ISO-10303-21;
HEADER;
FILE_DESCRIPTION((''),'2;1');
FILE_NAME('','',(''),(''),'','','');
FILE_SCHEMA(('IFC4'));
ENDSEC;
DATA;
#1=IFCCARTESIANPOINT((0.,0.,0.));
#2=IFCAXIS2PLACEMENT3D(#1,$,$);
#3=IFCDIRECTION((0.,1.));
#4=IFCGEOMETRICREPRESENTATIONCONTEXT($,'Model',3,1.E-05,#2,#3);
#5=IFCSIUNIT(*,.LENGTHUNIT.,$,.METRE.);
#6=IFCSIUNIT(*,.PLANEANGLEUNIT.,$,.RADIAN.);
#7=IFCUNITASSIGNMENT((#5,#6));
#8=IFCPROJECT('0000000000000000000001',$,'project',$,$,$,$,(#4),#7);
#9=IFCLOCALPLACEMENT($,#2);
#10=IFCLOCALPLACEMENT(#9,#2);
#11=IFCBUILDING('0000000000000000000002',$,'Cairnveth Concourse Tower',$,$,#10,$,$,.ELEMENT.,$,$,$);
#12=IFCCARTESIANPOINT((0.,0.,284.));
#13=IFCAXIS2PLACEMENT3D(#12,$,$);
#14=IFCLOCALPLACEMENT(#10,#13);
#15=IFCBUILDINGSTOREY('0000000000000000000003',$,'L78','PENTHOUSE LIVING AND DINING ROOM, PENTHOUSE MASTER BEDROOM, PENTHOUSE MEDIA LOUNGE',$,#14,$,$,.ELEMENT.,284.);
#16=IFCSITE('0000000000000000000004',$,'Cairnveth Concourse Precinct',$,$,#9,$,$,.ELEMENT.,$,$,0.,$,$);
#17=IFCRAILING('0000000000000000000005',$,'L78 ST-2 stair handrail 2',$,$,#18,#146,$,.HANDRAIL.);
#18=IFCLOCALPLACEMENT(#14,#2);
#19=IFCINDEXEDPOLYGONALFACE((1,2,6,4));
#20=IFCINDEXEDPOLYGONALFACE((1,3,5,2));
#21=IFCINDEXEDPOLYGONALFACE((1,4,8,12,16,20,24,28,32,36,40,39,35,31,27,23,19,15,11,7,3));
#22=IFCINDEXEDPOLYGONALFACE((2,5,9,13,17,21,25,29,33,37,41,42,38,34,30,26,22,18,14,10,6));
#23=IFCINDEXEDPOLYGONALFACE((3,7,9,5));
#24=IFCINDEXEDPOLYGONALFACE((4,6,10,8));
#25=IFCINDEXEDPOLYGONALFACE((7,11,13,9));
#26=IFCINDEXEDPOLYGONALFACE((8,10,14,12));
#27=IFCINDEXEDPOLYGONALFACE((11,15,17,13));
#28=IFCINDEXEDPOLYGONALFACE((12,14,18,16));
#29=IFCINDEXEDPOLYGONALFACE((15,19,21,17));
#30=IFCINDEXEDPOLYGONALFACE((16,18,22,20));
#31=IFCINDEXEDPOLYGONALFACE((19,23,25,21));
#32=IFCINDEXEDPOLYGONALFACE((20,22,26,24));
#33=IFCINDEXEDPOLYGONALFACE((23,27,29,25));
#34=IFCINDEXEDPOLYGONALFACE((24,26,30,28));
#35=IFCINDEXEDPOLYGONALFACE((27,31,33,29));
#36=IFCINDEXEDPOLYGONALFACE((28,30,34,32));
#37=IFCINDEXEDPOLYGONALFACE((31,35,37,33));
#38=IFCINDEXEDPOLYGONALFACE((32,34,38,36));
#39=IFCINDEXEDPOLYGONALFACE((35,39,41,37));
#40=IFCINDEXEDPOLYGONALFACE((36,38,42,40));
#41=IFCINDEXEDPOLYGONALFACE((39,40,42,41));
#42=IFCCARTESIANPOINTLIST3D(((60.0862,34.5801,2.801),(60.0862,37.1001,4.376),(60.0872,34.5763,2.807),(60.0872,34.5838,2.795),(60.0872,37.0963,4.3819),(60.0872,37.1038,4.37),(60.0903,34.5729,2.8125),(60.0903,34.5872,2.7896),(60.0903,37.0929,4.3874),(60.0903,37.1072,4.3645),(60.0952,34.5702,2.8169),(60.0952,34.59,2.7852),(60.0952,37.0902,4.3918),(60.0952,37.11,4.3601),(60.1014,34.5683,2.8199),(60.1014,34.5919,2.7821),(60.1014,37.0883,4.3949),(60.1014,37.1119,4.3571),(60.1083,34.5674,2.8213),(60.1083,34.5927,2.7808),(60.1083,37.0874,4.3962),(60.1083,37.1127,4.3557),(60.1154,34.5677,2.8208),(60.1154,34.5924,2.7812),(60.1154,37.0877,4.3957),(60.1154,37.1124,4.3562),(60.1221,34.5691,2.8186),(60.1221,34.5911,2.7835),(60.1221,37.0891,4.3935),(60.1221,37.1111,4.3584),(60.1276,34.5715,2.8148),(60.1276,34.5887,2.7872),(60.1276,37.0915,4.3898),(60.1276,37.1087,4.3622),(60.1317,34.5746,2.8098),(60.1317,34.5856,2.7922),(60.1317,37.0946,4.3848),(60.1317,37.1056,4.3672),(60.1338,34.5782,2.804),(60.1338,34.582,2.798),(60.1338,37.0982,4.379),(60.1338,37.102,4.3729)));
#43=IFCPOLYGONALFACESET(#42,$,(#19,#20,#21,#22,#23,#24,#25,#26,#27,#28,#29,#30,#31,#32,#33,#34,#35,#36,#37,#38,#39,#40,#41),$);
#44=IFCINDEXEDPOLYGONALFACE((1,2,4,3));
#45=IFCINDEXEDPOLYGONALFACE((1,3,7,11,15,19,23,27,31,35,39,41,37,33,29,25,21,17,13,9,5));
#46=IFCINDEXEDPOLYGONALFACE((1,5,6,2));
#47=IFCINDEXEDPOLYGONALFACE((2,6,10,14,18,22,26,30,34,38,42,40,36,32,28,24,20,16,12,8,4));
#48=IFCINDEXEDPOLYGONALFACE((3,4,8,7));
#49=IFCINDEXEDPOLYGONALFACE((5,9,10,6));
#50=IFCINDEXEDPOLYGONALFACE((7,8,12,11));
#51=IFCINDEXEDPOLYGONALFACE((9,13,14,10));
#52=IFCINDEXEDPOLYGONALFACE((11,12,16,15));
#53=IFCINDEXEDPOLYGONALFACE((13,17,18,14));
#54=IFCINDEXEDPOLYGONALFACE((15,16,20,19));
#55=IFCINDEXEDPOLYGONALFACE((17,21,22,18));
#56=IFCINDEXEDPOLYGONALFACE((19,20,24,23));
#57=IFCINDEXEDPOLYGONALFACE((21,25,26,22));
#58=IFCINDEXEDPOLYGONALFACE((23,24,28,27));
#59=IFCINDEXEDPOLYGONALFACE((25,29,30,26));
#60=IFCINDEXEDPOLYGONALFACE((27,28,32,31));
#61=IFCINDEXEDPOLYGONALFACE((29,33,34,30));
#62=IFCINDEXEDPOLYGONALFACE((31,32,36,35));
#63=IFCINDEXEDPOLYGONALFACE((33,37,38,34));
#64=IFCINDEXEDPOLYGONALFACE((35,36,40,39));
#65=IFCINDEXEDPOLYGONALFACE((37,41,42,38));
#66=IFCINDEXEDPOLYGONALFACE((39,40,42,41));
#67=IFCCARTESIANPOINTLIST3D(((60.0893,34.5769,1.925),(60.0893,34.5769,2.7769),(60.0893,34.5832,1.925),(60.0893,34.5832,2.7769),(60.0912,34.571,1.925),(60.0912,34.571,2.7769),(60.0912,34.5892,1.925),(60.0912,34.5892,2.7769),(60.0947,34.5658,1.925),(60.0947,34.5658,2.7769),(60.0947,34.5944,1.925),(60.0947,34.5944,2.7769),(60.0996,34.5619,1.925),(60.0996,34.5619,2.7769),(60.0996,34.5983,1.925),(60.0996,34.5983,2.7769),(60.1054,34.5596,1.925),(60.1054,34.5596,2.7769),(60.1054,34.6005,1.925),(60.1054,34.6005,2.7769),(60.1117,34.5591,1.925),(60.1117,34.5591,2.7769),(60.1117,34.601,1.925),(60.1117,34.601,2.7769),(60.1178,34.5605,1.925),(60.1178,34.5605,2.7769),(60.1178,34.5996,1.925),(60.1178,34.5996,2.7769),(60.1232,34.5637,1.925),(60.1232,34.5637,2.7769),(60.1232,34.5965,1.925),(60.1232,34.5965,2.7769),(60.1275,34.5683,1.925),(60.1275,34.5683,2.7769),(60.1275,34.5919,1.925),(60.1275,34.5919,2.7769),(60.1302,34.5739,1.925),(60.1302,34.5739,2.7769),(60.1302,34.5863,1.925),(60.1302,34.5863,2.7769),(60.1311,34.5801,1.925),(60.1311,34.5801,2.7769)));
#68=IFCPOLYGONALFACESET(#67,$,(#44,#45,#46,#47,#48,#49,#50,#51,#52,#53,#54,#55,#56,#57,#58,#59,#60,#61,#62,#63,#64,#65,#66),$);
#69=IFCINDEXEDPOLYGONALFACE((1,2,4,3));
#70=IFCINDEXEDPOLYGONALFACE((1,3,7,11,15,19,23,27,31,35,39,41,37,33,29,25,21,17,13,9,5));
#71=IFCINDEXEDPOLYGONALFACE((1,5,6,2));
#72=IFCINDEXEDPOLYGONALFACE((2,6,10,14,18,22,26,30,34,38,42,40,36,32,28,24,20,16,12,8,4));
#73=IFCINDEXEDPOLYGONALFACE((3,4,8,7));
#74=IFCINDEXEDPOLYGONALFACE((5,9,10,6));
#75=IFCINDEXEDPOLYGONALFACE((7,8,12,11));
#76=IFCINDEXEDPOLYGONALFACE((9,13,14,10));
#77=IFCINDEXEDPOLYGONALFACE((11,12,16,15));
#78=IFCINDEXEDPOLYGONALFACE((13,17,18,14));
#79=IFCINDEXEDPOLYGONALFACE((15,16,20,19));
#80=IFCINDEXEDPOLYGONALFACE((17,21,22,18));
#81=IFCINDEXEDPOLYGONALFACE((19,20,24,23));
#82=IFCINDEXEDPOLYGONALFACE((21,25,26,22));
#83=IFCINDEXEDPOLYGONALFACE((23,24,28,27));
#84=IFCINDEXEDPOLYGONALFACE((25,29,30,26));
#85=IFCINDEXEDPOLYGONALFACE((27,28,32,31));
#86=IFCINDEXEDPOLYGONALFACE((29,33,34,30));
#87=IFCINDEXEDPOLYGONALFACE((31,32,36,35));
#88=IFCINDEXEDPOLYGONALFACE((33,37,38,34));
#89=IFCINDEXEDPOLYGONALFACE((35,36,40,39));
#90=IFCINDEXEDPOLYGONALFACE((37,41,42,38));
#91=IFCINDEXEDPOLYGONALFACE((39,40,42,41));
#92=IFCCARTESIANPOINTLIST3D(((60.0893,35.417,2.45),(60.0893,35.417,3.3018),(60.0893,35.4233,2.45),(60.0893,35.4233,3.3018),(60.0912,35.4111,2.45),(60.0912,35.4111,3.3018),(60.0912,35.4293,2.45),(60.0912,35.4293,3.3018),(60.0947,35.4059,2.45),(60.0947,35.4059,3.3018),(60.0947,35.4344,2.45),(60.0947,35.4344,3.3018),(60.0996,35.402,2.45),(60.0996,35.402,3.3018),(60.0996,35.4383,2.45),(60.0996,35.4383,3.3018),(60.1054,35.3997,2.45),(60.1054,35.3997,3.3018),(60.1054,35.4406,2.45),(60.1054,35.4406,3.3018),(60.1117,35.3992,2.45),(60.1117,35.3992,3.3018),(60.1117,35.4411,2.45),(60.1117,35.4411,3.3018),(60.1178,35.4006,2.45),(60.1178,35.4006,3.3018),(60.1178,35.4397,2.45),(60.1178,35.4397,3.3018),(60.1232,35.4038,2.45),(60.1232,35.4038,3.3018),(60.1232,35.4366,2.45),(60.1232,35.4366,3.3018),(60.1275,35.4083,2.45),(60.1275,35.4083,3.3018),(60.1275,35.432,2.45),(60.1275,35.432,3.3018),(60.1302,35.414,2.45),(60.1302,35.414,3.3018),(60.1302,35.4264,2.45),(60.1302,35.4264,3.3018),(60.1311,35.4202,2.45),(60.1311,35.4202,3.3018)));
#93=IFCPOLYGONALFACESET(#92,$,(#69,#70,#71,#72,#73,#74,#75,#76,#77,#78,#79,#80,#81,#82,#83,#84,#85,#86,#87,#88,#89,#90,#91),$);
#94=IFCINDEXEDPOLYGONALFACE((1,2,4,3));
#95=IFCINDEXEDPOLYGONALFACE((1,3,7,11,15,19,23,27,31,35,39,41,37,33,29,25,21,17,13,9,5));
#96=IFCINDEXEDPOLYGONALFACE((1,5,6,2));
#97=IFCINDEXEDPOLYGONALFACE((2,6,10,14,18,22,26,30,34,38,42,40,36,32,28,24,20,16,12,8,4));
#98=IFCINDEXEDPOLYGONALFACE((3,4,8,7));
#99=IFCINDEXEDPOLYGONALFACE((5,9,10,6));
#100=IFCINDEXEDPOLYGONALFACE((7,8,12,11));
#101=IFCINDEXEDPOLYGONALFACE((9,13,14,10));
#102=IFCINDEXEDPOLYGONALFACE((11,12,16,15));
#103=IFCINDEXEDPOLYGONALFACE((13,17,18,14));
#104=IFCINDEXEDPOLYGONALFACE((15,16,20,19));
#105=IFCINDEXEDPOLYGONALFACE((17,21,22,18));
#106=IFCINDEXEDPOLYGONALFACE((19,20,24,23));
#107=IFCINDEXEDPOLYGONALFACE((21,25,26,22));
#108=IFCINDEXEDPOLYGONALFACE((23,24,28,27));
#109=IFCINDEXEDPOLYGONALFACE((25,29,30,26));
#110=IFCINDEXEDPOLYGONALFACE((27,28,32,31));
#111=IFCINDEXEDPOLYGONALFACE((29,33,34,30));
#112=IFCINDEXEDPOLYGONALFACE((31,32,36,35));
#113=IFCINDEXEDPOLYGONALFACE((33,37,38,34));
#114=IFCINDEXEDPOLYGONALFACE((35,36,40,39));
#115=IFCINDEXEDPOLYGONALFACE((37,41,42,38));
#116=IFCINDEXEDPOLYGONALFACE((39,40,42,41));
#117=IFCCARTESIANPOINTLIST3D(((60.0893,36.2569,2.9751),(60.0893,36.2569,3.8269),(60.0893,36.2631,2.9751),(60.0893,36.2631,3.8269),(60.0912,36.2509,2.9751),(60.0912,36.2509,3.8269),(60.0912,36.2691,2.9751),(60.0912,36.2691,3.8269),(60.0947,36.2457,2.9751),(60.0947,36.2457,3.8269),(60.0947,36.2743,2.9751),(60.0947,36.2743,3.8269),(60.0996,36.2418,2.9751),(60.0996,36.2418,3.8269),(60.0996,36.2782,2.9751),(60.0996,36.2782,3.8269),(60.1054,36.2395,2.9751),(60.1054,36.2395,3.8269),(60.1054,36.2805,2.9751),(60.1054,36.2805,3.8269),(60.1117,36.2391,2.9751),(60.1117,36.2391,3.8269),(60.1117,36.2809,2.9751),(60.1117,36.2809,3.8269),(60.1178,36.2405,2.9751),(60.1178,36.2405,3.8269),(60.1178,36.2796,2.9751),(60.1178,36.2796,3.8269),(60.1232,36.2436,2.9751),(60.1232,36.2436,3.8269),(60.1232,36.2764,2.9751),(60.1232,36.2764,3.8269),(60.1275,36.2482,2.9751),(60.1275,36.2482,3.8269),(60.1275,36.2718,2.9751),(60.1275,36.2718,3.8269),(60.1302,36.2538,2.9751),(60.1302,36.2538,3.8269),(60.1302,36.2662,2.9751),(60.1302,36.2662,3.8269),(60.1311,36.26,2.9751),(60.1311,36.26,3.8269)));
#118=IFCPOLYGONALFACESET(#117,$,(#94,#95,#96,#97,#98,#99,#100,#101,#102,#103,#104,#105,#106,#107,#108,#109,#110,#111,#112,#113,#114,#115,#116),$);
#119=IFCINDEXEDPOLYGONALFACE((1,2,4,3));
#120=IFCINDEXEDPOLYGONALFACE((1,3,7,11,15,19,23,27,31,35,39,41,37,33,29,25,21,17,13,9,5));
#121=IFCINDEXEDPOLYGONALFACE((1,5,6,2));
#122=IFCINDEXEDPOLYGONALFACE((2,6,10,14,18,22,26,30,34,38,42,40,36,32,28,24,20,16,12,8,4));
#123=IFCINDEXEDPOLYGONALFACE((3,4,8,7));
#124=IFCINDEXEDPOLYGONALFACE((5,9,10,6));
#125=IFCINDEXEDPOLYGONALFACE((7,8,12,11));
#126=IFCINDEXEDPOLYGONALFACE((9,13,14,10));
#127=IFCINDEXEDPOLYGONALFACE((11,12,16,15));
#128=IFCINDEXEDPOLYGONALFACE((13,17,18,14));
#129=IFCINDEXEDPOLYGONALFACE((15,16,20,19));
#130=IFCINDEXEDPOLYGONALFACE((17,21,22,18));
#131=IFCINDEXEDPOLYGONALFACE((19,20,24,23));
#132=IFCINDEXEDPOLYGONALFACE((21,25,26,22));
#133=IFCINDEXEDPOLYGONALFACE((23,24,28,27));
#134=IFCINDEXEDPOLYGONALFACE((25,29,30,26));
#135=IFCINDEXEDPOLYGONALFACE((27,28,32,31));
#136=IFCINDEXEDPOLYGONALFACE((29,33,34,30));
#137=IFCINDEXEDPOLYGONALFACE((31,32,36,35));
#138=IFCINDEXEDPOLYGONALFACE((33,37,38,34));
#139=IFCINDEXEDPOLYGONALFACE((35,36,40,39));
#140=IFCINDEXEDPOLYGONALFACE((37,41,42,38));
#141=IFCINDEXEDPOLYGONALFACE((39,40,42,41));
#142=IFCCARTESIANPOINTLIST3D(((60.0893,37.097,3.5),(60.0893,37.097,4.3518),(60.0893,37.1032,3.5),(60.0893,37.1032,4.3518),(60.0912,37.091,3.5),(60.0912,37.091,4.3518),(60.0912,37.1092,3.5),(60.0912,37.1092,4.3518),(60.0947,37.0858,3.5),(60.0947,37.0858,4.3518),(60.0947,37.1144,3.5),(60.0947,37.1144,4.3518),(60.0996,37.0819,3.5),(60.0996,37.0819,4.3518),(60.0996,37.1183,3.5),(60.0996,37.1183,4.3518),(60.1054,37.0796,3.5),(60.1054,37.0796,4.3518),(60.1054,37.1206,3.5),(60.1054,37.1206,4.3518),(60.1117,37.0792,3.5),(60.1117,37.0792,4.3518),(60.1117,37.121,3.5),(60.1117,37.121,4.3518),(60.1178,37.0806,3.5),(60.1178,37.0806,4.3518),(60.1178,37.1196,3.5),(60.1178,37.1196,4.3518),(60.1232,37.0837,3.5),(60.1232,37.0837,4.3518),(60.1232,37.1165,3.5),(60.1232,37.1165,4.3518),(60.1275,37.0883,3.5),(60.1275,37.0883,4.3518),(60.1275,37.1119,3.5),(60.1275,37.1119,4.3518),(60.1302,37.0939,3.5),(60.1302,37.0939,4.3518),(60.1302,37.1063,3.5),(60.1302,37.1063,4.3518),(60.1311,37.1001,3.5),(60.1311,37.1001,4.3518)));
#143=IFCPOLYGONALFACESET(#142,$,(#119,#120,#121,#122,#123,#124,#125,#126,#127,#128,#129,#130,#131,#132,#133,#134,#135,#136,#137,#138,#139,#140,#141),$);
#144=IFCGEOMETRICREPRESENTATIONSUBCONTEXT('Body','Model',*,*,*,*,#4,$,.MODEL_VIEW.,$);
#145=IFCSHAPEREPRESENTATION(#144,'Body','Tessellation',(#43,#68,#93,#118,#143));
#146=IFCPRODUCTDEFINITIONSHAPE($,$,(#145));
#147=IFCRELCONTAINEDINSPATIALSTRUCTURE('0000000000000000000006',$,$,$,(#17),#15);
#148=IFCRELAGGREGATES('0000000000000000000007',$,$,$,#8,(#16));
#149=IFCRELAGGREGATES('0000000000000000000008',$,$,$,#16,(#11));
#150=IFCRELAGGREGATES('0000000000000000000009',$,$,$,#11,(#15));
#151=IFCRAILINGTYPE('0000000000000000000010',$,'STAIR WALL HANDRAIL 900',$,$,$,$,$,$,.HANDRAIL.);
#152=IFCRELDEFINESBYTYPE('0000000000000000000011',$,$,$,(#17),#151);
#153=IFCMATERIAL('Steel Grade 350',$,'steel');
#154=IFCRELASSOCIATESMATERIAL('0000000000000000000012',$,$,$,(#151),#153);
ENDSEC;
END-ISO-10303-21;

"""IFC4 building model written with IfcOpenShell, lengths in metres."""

from ifc_helpers import new_model, si_unit, direction, frame, origin, origin_2d, place, context, subcontext, project, spatial, circle, extrude, material, type_object, element, save


model = new_model("IFC4")

# Units and contexts
model_context = context("Model", 3, precision=1e-05, world=origin(), true_north=direction((0.0, 1.0)))
body_context = subcontext(model_context, "Body", "Model", "MODEL_VIEW")
ifc_project = project(units=[si_unit("LENGTHUNIT", "METRE"), si_unit("PLANEANGLEUNIT", "RADIAN")], contexts=[model_context])

# Site, building, storey
site_placement = place(None, origin())
site = spatial("IfcSite", under=ifc_project, at=site_placement, Name="Cairnveth Concourse Precinct", CompositionType="ELEMENT", RefElevation=0.0)
building_placement = place(site_placement, origin())
building = spatial("IfcBuilding", under=site, at=building_placement, Name="Cairnveth Concourse Tower", CompositionType="ELEMENT")
storey_placement = place(building_placement, frame((0.0, 0.0, 284.0)))
storey = spatial("IfcBuildingStorey", under=building, at=storey_placement, Name="L78", Description="PENTHOUSE LIVING AND DINING ROOM, PENTHOUSE MASTER BEDROOM, PENTHOUSE MEDIA LOUNGE", CompositionType="ELEMENT", Elevation=284.0)

# Shared definitions
ifc_material_1 = material(Name="Steel Grade 350", Category="steel")

# Railing
railing_type_1 = type_object("IfcRailingType", Name="STAIR WALL HANDRAIL 900", PredefinedType="HANDRAIL", material=ifc_material_1)
railing_1_placement = place(storey_placement, frame((60.1101, 34.5801, 1.925)))
element("IfcRailing", 1, at=railing_1_placement, inside=storey, type_object=railing_type_1, Name="L78 ST-2 stair handrail 2", PredefinedType="HANDRAIL", context=body_context, shape_type="SweptSolid", body=[
    extrude(circle(Radius=0.0239, at=origin_2d()), frame((0.0, 0.0, 0.876), z_axis=(0.0, 0.848008, 0.529984), x_axis=(-1.0, 0.0, 0.0)), (0.0, 0.0, 1.0), 2.9717),
    extrude(circle(Radius=0.021, at=origin_2d()), origin(), (0.0, 0.0, 1.0), 0.8518),
    extrude(circle(Radius=0.021, at=origin_2d()), frame((0.0, 0.8401, 0.5249)), (0.0, 0.0, 1.0), 0.8518),
    extrude(circle(Radius=0.021, at=origin_2d()), frame((0.0, 1.6799, 1.05)), (0.0, 0.0, 1.0), 0.8518),
    extrude(circle(Radius=0.021, at=origin_2d()), frame((0.0, 2.52, 1.575)), (0.0, 0.0, 1.0), 0.8518),
])

save(model, "model.ifc")
